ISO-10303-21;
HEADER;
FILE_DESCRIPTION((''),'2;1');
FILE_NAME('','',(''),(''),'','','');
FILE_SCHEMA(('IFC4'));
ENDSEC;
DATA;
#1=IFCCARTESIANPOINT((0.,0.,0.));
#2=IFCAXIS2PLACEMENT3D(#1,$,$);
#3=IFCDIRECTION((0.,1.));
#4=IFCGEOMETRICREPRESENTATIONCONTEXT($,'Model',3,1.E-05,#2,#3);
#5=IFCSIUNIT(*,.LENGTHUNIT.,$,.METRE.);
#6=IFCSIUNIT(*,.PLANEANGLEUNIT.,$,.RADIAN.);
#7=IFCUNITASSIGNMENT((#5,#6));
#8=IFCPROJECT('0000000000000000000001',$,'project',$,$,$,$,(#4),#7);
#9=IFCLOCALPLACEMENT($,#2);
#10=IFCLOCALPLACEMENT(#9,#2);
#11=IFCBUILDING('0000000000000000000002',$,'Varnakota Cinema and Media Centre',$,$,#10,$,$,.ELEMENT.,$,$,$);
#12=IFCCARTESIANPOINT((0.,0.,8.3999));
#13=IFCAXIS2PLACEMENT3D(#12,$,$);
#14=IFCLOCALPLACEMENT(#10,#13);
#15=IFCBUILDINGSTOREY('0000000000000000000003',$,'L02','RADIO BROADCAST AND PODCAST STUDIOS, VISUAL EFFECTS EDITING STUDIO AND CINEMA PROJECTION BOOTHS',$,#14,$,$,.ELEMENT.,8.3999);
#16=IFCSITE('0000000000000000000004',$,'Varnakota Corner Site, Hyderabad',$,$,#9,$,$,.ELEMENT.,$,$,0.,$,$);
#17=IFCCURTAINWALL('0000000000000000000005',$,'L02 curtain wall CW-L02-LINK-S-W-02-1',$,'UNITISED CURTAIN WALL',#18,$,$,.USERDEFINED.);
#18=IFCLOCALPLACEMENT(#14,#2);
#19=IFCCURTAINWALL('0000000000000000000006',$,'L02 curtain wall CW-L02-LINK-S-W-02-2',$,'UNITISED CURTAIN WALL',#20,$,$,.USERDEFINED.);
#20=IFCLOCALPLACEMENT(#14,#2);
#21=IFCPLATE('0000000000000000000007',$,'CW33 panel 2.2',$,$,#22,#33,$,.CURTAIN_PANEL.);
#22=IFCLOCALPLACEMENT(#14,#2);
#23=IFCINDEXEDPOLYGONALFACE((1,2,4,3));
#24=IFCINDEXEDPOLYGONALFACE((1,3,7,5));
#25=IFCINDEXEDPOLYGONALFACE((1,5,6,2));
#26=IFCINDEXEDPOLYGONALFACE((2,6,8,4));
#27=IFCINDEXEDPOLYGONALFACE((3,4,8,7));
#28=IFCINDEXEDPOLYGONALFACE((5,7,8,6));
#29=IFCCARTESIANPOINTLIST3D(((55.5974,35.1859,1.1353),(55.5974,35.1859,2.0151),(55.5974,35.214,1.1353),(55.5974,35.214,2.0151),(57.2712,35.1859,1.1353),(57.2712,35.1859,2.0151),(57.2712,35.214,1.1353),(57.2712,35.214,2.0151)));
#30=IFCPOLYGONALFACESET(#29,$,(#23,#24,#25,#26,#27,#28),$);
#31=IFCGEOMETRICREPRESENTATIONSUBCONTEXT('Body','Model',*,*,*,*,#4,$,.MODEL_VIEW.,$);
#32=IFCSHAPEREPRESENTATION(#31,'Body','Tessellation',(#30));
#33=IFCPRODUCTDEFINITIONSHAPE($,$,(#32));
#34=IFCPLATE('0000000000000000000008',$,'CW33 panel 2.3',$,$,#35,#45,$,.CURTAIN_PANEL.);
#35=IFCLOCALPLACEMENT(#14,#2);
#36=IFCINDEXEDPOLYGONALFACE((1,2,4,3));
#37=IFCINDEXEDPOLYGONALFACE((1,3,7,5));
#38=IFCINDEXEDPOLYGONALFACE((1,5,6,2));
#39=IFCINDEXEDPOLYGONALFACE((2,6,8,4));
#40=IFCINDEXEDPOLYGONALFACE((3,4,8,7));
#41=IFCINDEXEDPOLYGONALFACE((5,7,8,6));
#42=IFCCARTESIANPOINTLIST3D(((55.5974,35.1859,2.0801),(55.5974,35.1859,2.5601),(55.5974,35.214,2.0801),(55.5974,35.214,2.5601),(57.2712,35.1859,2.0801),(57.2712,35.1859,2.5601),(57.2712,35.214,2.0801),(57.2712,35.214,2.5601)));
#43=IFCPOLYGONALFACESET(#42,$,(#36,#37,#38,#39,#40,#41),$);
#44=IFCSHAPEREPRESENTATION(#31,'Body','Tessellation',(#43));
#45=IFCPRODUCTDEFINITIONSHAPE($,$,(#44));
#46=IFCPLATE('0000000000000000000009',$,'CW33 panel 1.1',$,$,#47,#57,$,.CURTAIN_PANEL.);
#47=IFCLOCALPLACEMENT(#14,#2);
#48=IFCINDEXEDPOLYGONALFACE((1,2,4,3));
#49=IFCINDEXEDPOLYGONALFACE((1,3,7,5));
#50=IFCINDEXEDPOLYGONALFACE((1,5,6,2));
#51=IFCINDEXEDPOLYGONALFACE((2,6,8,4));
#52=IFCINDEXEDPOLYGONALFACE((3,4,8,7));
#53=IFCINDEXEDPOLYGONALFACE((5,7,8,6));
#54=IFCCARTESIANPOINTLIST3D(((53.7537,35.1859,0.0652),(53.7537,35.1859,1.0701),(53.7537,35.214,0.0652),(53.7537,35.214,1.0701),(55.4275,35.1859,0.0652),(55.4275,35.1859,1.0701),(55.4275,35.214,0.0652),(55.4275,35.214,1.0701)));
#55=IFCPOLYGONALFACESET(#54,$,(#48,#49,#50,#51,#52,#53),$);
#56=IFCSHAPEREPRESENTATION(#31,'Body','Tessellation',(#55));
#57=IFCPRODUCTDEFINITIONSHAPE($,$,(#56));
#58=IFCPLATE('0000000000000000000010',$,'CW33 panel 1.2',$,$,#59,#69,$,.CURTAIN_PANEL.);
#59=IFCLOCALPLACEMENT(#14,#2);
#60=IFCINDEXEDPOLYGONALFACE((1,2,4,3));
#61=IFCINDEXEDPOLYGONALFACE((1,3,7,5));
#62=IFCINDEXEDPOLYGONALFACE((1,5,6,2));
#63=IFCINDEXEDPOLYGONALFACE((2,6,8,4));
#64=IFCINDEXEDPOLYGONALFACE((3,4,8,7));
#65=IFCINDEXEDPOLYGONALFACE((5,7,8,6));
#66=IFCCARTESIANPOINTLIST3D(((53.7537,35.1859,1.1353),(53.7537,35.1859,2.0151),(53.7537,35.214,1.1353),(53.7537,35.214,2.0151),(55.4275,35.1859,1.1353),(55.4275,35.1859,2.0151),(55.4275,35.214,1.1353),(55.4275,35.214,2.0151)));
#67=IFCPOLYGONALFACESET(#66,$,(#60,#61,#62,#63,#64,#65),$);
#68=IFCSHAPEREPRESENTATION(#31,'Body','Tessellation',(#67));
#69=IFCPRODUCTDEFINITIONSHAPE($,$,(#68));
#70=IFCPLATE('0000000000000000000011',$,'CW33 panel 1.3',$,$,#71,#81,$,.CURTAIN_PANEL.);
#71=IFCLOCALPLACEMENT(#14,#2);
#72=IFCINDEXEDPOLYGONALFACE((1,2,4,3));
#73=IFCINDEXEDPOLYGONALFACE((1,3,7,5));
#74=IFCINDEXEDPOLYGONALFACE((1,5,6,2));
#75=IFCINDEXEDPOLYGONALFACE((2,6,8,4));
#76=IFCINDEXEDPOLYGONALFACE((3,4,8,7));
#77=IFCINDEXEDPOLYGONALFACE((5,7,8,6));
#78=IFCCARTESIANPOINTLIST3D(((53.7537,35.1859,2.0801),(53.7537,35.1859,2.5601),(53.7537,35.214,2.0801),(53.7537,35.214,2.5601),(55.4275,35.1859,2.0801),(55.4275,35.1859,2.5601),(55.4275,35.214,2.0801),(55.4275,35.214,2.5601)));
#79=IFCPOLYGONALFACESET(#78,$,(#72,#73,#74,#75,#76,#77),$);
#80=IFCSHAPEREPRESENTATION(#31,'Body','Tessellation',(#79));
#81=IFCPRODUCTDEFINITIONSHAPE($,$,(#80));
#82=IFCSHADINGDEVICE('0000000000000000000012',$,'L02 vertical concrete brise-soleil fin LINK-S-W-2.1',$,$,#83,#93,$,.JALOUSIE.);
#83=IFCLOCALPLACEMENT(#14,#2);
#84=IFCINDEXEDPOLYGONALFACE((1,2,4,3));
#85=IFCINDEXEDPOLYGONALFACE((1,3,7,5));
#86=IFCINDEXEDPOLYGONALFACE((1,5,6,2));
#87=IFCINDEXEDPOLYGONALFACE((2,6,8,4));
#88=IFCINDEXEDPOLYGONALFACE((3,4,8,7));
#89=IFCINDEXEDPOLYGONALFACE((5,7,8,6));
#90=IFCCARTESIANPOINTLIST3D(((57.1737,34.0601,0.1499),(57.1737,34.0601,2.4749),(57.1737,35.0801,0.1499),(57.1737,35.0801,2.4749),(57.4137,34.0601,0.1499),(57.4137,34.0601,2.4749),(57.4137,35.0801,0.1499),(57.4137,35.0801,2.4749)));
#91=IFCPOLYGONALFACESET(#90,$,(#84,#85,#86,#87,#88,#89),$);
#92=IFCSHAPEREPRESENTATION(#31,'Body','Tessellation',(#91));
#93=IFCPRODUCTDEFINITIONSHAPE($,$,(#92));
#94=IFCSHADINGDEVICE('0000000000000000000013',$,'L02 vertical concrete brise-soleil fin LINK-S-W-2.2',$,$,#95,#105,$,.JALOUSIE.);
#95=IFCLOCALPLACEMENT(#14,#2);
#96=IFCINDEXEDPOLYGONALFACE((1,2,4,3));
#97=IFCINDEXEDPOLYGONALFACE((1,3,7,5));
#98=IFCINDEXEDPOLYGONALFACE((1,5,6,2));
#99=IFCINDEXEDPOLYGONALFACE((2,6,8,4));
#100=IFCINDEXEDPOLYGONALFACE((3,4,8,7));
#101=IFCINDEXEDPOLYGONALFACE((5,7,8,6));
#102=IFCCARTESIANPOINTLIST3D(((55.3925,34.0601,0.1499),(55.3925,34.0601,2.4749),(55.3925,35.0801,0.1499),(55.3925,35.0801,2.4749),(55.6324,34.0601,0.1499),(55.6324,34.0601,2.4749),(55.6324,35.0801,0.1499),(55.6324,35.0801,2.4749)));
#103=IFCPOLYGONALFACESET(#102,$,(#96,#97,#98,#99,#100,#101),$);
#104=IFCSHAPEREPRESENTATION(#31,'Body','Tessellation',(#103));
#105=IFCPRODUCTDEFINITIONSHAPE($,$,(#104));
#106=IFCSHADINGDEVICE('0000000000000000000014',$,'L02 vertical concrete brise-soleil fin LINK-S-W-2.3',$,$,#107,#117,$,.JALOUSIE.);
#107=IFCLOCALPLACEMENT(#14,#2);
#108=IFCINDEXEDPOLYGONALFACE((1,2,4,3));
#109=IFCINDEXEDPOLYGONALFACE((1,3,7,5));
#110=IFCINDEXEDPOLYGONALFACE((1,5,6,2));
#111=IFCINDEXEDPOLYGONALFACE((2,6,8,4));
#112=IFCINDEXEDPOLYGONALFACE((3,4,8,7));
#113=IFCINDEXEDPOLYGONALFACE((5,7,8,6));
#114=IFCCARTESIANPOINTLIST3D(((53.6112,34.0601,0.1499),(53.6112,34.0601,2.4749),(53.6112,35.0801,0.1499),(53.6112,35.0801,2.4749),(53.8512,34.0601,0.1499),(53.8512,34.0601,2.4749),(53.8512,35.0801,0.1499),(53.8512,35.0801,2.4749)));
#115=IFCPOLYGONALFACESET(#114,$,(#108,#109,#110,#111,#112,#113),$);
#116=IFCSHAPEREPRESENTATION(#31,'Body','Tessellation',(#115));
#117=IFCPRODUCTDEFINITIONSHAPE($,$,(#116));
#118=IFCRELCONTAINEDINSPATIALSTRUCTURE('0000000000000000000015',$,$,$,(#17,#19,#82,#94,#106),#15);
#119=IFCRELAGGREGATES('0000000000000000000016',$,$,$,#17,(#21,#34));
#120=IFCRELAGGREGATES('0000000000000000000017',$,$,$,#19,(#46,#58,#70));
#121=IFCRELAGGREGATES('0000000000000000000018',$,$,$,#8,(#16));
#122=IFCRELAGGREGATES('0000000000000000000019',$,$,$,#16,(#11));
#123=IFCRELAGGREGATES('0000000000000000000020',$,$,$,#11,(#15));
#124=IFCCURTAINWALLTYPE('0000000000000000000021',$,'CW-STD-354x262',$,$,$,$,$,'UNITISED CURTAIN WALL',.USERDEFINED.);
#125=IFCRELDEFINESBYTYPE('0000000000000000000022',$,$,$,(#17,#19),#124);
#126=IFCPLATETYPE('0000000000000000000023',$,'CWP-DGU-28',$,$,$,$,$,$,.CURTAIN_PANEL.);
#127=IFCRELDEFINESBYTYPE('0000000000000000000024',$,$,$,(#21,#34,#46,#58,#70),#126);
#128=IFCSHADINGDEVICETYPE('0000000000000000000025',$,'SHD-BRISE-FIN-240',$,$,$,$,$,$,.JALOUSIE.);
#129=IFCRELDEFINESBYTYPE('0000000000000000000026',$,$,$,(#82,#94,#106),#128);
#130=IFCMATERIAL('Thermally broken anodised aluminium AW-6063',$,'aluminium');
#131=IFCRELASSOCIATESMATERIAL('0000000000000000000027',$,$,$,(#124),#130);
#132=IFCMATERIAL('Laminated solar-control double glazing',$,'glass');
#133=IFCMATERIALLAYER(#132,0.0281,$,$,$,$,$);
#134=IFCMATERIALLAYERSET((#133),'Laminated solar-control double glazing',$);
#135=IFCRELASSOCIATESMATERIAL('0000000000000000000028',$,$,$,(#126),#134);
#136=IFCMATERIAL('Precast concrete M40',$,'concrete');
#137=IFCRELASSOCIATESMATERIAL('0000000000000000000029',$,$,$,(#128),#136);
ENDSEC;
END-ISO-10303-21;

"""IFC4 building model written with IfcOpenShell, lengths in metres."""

from ifc_helpers import new_model, si_unit, direction, frame, origin, origin_2d, place, context, subcontext, project, spatial, rectangle, extrude, material, layer, layer_set, type_object, element, aggregate, save


model = new_model("IFC4")

# Units and contexts
model_context = context("Model", 3, precision=1e-05, world=origin(), true_north=direction((0.0, 1.0)))
body_context = subcontext(model_context, "Body", "Model", "MODEL_VIEW")
ifc_project = project(units=[si_unit("LENGTHUNIT", "METRE"), si_unit("PLANEANGLEUNIT", "RADIAN")], contexts=[model_context])

# Site, building, storey
site_placement = place(None, origin())
site = spatial("IfcSite", under=ifc_project, at=site_placement, Name="Varnakota Corner Site, Hyderabad", CompositionType="ELEMENT", RefElevation=0.0)
building_placement = place(site_placement, origin())
building = spatial("IfcBuilding", under=site, at=building_placement, Name="Varnakota Cinema and Media Centre", CompositionType="ELEMENT")
storey_placement = place(building_placement, frame((0.0, 0.0, 8.3999)))
storey = spatial("IfcBuildingStorey", under=building, at=storey_placement, Name="L02", Description="RADIO BROADCAST AND PODCAST STUDIOS, VISUAL EFFECTS EDITING STUDIO AND CINEMA PROJECTION BOOTHS", CompositionType="ELEMENT", Elevation=8.3999)

# Curtain walls
ifc_material_1 = material(Name="Thermally broken anodised aluminium AW-6063", Category="aluminium")
curtain_wall_type = type_object("IfcCurtainWallType", Name="CW-STD-354x262", ElementType="UNITISED CURTAIN WALL", PredefinedType="USERDEFINED", material=ifc_material_1)
curtain_wall_1_placement = place(storey_placement, origin())
curtain_wall_1 = element("IfcCurtainWall", 1, at=curtain_wall_1_placement, inside=storey, type_object=curtain_wall_type, Name="L02 curtain wall CW-L02-LINK-S-W-02-1", ObjectType="UNITISED CURTAIN WALL", PredefinedType="USERDEFINED")
curtain_wall_2_placement = place(storey_placement, origin())
curtain_wall_2 = element("IfcCurtainWall", 2, at=curtain_wall_2_placement, inside=storey, type_object=curtain_wall_type, Name="L02 curtain wall CW-L02-LINK-S-W-02-2", ObjectType="UNITISED CURTAIN WALL", PredefinedType="USERDEFINED")

# Plates
ifc_material_2 = material(Name="Laminated solar-control double glazing", Category="glass")
ifc_layer = layer(ifc_material_2, 0.0281)
ifc_layer_set = layer_set([ifc_layer], Name="Laminated solar-control double glazing")
plate_type = type_object("IfcPlateType", Name="CWP-DGU-28", PredefinedType="CURTAIN_PANEL", material=ifc_layer_set)
plate_1_placement = place(storey_placement, frame((56.4343, 35.2, 1.1353), z_axis=(0.0, 0.0, 1.0), x_axis=(-1.0, 0.0, 0.0)))
plate_1 = element("IfcPlate", 3, at=plate_1_placement, type_object=plate_type, Name="CW33 panel 2.2", PredefinedType="CURTAIN_PANEL", context=body_context, shape_type="SweptSolid", body=[
    extrude(rectangle(XDim=1.6738, YDim=0.0281, at=origin_2d()), origin(), (0.0, 0.0, 1.0), 0.8799),
])
plate_2_placement = place(storey_placement, frame((56.4343, 35.2, 2.0801), z_axis=(0.0, 0.0, 1.0), x_axis=(-1.0, 0.0, 0.0)))
plate_2 = element("IfcPlate", 4, at=plate_2_placement, type_object=plate_type, Name="CW33 panel 2.3", PredefinedType="CURTAIN_PANEL", context=body_context, shape_type="SweptSolid", body=[
    extrude(rectangle(XDim=1.6738, YDim=0.0281, at=origin_2d()), origin(), (0.0, 0.0, 1.0), 0.48),
])
aggregate(curtain_wall_1, [plate_1, plate_2])
plate_3_placement = place(storey_placement, frame((54.5906, 35.2, 0.0652), z_axis=(0.0, 0.0, 1.0), x_axis=(-1.0, 0.0, 0.0)))
plate_3 = element("IfcPlate", 5, at=plate_3_placement, type_object=plate_type, Name="CW33 panel 1.1", PredefinedType="CURTAIN_PANEL", context=body_context, shape_type="SweptSolid", body=[
    extrude(rectangle(XDim=1.6738, YDim=0.0281, at=origin_2d()), origin(), (0.0, 0.0, 1.0), 1.0049),
])
plate_4_placement = place(storey_placement, frame((54.5906, 35.2, 1.1353), z_axis=(0.0, 0.0, 1.0), x_axis=(-1.0, 0.0, 0.0)))
plate_4 = element("IfcPlate", 6, at=plate_4_placement, type_object=plate_type, Name="CW33 panel 1.2", PredefinedType="CURTAIN_PANEL", context=body_context, shape_type="SweptSolid", body=[
    extrude(rectangle(XDim=1.6738, YDim=0.0281, at=origin_2d()), origin(), (0.0, 0.0, 1.0), 0.8799),
])
plate_5_placement = place(storey_placement, frame((54.5906, 35.2, 2.0801), z_axis=(0.0, 0.0, 1.0), x_axis=(-1.0, 0.0, 0.0)))
plate_5 = element("IfcPlate", 7, at=plate_5_placement, type_object=plate_type, Name="CW33 panel 1.3", PredefinedType="CURTAIN_PANEL", context=body_context, shape_type="SweptSolid", body=[
    extrude(rectangle(XDim=1.6738, YDim=0.0281, at=origin_2d()), origin(), (0.0, 0.0, 1.0), 0.48),
])
aggregate(curtain_wall_2, [plate_3, plate_4, plate_5])

# Shading devices
ifc_material_3 = material(Name="Precast concrete M40", Category="concrete")
shading_device_type = type_object("IfcShadingDeviceType", Name="SHD-BRISE-FIN-240", PredefinedType="JALOUSIE", material=ifc_material_3)
for number, where, z_axis, x_axis, name in (
    (8, (57.2937, 34.5701, 0.1499), (0.0, 0.0, 1.0), (-1.0, 0.0, 0.0), "L02 vertical concrete brise-soleil fin LINK-S-W-2.1"),
    (9, (55.5125, 34.5701, 0.1499), (0.0, 0.0, 1.0), (-1.0, 0.0, 0.0), "L02 vertical concrete brise-soleil fin LINK-S-W-2.2"),
    (10, (53.7312, 34.5701, 0.1499), (0.0, 0.0, 1.0), (-1.0, 0.0, 0.0), "L02 vertical concrete brise-soleil fin LINK-S-W-2.3"),
):
    element("IfcShadingDevice", number, at=place(storey_placement, frame(where, z_axis=z_axis, x_axis=x_axis)), inside=storey, type_object=shading_device_type, Name=name, PredefinedType="JALOUSIE", context=body_context, shape_type="SweptSolid", body=[
        extrude(rectangle(XDim=0.24, YDim=1.02, at=origin_2d()), origin(), (0.0, 0.0, 1.0), 2.325),
    ])

save(model, "model.ifc")
